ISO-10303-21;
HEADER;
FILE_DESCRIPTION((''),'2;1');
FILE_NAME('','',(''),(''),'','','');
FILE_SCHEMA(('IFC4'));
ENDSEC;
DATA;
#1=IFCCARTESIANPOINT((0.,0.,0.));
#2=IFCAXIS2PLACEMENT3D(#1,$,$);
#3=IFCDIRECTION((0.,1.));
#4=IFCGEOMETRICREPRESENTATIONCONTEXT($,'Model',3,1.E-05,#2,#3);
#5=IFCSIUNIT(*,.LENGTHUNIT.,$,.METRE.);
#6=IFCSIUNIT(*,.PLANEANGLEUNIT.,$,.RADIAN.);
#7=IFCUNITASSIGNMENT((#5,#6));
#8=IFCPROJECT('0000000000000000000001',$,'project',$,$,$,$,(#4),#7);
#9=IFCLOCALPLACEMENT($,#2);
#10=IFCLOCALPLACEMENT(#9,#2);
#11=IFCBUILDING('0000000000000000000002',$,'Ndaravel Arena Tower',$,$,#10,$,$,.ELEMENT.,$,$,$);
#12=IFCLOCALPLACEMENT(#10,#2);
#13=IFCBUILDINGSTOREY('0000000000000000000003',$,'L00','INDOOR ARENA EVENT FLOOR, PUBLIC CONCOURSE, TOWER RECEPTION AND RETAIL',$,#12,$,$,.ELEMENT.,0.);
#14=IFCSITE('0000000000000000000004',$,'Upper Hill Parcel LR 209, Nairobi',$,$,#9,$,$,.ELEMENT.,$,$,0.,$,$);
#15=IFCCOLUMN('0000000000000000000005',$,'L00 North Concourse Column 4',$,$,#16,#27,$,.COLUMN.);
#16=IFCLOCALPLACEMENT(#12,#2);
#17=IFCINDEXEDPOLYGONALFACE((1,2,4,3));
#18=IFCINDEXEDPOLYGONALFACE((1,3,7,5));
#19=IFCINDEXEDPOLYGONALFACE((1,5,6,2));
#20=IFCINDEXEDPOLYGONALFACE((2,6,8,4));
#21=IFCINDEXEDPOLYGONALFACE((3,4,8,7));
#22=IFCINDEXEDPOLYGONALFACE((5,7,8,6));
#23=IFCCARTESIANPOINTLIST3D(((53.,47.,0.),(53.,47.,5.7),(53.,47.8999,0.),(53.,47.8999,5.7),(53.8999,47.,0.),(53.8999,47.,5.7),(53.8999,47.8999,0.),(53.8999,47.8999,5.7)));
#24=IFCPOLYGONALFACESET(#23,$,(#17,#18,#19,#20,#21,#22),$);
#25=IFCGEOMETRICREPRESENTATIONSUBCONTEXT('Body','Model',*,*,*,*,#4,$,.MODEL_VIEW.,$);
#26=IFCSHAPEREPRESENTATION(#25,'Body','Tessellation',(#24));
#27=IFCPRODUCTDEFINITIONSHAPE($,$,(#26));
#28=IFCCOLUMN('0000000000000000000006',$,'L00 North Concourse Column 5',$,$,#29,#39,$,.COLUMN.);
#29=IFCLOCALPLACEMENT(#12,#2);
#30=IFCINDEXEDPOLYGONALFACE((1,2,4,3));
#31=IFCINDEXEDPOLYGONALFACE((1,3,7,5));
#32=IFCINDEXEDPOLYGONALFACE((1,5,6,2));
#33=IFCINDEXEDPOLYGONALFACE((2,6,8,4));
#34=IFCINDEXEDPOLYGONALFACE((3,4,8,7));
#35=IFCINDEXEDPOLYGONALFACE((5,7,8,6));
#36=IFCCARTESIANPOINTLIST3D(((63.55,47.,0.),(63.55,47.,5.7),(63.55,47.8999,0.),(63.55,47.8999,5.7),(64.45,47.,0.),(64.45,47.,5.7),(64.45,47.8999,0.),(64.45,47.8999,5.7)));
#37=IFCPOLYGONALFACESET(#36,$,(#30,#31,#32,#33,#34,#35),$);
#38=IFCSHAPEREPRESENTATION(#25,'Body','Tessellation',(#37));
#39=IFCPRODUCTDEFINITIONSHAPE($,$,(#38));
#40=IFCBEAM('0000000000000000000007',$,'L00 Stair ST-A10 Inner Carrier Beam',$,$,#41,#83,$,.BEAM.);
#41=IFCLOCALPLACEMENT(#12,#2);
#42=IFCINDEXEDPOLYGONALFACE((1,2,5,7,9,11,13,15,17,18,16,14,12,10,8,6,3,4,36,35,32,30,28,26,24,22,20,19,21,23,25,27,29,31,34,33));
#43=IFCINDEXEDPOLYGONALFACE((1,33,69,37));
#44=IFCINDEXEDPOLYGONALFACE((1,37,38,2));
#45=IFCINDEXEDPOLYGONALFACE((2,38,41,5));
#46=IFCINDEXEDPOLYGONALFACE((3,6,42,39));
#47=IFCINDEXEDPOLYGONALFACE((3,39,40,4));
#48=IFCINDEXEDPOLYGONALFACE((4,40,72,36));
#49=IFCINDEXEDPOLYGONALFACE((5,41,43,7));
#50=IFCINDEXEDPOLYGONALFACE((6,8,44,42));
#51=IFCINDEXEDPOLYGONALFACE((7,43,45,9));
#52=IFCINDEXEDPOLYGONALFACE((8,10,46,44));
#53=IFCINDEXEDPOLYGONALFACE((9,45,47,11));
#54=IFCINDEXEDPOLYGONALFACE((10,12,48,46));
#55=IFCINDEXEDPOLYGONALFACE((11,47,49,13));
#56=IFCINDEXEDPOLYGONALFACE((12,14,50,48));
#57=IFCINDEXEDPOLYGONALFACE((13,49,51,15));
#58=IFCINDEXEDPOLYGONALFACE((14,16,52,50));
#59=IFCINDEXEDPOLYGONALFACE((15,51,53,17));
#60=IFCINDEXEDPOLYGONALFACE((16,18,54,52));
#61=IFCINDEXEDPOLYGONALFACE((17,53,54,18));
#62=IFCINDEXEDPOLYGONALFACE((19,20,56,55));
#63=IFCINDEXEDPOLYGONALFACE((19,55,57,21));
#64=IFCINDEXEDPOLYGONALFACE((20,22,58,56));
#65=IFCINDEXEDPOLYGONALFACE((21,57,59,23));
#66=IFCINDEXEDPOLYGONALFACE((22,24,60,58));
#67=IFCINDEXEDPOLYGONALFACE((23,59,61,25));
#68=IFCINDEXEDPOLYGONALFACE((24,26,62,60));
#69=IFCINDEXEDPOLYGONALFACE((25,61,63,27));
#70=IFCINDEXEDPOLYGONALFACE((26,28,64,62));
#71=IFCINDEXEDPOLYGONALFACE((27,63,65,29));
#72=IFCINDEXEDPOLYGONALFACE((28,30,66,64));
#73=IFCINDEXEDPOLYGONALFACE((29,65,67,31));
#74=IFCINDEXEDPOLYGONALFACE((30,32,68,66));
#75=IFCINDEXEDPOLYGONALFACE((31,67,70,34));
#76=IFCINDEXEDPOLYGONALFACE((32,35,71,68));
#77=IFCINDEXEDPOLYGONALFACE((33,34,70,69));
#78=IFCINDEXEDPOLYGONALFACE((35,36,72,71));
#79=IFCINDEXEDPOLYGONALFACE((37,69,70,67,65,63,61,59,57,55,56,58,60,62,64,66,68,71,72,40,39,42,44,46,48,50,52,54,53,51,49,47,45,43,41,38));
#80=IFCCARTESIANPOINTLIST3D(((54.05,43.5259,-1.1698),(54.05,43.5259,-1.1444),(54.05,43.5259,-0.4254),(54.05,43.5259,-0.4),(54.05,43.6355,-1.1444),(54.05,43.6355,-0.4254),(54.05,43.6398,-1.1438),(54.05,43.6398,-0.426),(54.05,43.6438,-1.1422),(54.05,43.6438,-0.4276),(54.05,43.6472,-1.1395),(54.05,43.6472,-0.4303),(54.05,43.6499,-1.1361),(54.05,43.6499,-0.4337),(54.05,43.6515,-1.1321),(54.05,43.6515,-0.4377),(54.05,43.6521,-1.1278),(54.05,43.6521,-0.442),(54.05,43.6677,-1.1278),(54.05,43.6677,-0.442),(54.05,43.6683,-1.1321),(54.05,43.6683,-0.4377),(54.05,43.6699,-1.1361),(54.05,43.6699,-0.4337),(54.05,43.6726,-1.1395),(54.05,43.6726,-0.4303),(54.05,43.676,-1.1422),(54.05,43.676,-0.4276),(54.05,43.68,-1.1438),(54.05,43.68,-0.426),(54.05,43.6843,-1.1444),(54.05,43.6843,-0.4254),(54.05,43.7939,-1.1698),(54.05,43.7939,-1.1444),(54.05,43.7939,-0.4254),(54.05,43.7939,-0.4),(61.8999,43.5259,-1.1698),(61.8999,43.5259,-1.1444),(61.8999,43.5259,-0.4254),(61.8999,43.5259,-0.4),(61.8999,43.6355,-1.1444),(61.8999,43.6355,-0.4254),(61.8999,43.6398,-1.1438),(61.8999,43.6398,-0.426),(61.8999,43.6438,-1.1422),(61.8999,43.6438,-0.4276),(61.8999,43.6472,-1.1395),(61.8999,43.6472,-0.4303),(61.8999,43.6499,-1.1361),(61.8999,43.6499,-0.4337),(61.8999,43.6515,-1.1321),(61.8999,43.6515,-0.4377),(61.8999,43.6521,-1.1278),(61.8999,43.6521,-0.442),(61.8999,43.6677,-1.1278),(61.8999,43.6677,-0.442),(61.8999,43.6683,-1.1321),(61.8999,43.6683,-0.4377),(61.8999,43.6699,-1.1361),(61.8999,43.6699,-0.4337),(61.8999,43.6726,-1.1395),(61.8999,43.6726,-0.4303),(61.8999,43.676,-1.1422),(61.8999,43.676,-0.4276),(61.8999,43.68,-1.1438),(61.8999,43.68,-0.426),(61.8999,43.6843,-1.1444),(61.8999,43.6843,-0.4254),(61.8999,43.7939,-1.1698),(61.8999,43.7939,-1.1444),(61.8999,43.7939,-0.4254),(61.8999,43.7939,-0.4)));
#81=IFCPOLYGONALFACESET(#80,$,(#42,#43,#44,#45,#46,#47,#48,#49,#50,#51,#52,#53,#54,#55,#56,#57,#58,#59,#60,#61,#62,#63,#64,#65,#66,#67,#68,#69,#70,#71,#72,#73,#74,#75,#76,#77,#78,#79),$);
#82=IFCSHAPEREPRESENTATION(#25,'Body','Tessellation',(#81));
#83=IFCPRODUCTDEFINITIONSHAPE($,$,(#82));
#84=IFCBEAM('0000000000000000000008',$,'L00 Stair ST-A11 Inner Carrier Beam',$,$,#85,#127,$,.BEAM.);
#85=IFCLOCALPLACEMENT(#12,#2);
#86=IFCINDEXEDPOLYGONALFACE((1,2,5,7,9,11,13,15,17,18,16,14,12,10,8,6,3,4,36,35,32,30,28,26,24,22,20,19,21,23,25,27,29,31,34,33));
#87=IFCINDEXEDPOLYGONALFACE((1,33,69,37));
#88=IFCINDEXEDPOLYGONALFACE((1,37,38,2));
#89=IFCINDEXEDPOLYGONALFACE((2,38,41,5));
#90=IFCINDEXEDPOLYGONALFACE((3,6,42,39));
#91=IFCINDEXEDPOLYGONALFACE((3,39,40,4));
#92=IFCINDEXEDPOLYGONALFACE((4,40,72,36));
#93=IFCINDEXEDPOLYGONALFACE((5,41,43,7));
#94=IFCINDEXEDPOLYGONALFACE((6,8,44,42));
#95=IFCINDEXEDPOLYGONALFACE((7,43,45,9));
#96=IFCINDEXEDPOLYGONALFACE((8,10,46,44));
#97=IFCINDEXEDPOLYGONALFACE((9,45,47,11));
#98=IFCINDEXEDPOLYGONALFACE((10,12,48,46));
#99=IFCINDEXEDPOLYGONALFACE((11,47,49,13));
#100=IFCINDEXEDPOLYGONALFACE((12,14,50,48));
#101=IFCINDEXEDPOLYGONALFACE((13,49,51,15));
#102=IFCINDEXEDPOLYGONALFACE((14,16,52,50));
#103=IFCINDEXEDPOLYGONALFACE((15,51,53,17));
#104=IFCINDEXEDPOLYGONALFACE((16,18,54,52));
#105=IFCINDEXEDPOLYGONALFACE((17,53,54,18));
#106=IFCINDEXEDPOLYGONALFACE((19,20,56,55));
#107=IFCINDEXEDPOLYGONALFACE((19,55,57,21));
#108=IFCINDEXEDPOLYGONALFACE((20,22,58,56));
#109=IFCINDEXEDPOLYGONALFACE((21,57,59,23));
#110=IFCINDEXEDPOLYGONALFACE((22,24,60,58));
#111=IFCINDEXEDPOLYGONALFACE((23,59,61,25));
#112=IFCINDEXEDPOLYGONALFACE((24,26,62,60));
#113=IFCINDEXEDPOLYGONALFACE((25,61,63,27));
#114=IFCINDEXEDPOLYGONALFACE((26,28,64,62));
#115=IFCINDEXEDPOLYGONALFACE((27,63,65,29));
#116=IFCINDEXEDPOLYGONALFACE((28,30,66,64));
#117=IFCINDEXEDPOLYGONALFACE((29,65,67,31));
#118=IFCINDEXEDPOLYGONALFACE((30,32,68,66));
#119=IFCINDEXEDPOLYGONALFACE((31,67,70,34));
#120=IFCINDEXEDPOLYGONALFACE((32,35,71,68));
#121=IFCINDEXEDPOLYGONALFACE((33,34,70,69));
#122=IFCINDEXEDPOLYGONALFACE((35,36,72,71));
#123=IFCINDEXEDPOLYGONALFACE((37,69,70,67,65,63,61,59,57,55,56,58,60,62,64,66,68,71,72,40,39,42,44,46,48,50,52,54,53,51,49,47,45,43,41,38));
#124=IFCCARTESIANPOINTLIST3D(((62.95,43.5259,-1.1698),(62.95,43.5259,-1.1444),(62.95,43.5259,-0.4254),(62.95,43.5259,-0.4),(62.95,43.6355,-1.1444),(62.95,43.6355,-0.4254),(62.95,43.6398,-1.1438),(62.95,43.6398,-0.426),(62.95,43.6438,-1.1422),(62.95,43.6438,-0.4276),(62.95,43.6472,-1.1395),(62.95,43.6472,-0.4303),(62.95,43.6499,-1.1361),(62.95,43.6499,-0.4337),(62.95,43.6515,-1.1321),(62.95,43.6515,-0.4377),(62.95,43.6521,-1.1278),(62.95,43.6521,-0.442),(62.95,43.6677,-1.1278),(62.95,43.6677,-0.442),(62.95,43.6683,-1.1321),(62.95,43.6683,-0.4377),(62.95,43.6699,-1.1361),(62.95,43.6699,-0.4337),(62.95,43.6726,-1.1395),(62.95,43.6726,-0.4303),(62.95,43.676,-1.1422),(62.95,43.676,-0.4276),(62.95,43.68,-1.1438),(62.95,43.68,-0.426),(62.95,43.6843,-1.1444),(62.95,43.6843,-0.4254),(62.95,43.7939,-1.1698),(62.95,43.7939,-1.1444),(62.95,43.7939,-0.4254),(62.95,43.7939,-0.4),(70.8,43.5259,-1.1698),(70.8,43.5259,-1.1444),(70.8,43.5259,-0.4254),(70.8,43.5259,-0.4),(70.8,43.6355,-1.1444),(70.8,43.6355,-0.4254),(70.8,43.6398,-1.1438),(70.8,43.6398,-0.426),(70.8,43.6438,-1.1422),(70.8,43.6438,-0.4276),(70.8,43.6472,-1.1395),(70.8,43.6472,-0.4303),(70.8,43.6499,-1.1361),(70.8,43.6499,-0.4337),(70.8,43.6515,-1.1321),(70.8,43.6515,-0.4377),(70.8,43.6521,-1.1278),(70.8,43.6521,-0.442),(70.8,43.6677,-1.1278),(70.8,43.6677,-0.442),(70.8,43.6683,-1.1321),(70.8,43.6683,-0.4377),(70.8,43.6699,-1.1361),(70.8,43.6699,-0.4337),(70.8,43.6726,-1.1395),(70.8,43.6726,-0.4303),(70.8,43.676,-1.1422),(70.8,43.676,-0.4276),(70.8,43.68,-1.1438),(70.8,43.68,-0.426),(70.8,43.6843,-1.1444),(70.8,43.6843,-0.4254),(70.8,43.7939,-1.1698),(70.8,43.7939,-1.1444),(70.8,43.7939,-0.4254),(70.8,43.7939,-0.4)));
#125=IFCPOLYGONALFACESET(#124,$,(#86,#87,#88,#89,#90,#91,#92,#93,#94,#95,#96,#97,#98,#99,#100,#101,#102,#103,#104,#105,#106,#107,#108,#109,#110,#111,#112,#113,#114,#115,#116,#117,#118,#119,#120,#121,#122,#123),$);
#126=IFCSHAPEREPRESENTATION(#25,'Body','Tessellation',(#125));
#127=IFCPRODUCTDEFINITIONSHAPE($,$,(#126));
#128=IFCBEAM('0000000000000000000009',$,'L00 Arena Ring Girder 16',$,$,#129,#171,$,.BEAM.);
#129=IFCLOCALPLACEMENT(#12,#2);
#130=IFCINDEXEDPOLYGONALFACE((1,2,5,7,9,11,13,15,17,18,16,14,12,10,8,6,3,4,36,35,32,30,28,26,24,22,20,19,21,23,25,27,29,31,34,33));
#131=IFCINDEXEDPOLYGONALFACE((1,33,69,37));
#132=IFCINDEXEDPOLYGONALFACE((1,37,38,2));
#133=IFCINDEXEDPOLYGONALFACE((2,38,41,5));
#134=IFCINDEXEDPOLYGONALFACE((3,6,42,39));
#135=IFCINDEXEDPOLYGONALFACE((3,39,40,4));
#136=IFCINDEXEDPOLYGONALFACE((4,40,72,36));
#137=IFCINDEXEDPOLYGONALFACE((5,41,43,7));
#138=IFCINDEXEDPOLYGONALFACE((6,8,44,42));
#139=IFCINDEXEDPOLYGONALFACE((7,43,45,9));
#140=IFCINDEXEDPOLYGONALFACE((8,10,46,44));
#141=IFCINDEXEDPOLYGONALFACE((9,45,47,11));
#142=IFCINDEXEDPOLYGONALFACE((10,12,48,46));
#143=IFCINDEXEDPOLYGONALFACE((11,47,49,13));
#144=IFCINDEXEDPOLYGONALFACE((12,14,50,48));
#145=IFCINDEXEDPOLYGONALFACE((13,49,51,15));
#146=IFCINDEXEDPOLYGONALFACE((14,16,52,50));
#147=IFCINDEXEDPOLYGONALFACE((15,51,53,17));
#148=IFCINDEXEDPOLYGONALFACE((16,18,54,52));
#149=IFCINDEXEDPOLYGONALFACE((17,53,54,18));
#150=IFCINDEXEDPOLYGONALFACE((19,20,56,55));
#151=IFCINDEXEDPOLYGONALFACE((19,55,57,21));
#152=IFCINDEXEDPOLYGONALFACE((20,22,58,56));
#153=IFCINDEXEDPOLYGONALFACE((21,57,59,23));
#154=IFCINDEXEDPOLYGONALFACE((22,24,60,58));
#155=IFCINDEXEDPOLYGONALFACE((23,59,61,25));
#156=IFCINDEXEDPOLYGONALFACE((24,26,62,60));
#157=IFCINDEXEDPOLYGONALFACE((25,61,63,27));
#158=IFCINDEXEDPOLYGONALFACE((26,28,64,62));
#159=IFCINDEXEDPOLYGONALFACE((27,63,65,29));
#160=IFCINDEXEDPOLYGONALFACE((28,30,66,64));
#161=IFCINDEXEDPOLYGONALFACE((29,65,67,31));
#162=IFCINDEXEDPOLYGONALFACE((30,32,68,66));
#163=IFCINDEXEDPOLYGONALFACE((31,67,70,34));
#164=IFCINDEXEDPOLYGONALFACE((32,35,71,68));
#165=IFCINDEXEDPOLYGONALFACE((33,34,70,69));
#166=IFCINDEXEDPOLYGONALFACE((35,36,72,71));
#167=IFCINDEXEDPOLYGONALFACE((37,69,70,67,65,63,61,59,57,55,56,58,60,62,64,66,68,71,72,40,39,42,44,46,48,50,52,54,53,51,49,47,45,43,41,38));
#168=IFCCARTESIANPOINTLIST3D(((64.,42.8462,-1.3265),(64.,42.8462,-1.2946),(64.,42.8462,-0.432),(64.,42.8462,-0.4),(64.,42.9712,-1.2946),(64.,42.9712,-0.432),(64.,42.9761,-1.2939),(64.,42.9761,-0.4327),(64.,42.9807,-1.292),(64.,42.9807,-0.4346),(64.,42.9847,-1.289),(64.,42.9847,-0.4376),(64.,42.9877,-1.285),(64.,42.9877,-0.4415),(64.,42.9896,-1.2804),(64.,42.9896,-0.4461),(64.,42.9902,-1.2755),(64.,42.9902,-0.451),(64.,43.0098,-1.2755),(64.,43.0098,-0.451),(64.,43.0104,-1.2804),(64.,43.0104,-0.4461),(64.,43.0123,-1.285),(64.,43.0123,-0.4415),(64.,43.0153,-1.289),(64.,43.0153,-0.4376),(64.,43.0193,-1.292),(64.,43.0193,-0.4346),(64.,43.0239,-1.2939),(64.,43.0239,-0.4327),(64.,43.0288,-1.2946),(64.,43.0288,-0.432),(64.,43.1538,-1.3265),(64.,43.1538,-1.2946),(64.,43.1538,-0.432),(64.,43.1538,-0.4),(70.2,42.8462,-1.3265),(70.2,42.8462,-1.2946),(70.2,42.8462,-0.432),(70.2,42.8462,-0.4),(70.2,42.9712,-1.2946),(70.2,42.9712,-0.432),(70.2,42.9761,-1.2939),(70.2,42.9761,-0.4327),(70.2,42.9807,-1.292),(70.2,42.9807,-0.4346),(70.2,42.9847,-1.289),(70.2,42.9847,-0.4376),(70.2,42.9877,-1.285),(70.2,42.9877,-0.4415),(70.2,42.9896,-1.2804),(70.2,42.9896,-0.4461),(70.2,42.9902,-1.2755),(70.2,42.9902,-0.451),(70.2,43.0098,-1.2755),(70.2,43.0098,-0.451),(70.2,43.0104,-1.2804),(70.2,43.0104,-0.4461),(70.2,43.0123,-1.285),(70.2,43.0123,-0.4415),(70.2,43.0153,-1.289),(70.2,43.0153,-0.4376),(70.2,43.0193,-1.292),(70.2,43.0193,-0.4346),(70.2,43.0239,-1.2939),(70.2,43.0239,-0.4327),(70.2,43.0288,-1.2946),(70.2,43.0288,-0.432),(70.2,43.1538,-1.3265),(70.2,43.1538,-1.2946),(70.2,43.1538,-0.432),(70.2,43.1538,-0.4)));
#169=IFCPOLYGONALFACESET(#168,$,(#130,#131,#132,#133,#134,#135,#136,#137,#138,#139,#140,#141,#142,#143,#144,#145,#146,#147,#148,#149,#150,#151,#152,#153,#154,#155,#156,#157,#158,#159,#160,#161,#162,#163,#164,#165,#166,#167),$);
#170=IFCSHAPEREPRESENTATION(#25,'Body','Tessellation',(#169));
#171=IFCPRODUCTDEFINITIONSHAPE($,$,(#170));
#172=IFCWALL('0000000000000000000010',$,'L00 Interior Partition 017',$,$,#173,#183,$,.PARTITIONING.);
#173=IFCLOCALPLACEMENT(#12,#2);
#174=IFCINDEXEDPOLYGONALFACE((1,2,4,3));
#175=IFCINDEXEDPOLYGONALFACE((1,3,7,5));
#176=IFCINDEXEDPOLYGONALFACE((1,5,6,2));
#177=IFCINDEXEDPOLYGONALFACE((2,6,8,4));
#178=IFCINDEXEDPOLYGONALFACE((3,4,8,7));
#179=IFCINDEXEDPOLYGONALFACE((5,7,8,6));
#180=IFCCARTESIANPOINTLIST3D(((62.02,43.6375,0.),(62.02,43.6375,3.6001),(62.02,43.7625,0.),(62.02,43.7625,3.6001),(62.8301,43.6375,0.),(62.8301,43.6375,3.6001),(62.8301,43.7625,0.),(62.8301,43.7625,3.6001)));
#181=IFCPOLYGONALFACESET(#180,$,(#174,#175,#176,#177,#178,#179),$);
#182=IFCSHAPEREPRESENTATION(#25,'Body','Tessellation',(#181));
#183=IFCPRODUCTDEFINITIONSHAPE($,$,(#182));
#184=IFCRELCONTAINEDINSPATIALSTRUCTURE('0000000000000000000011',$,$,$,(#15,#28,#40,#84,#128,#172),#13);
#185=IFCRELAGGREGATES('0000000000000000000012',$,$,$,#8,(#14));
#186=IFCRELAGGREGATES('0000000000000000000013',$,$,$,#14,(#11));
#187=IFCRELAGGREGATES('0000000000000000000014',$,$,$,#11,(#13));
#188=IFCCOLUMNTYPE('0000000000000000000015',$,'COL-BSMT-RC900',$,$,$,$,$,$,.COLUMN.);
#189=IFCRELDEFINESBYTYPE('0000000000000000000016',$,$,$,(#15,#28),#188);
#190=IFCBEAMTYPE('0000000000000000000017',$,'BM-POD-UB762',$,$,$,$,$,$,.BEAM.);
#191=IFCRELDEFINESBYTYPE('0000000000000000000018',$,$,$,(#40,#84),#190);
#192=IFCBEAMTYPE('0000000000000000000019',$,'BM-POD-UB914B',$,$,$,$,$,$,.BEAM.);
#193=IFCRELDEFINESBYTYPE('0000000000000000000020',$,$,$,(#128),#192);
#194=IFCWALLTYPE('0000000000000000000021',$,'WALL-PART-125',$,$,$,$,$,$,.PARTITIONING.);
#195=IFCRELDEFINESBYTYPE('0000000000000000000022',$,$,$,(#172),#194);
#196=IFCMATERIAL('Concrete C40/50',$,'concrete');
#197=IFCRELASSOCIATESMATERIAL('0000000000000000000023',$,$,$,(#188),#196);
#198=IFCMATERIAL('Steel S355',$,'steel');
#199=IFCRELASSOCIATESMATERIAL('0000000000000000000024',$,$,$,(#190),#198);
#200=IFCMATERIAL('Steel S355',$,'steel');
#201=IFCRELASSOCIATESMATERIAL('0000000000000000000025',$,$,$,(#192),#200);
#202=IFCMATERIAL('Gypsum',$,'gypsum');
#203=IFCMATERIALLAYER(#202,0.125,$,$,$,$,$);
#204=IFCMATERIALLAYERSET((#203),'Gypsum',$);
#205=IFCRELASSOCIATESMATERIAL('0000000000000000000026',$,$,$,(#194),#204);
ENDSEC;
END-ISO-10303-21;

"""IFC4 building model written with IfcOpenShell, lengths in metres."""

from ifc_helpers import new_model, si_unit, direction, frame, frame_2d, origin, origin_2d, place, context, subcontext, project, spatial, rectangle, i_section, extrude, material, layer, layer_set, material_profile, profile_set, type_object, element, save


model = new_model("IFC4")

# Units and contexts
model_context = context("Model", 3, precision=1e-05, world=origin(), true_north=direction((0.0, 1.0)))
body_context = subcontext(model_context, "Body", "Model", "MODEL_VIEW")
ifc_project = project(units=[si_unit("LENGTHUNIT", "METRE"), si_unit("PLANEANGLEUNIT", "RADIAN")], contexts=[model_context])

# Site, building, storey
site_placement = place(None, origin())
site = spatial("IfcSite", under=ifc_project, at=site_placement, Name="Upper Hill Parcel LR 209, Nairobi", CompositionType="ELEMENT", RefElevation=0.0)
building_placement = place(site_placement, origin())
building = spatial("IfcBuilding", under=site, at=building_placement, Name="Ndaravel Arena Tower", CompositionType="ELEMENT")
storey_placement = place(building_placement, origin())
storey = spatial("IfcBuildingStorey", under=building, at=storey_placement, Name="L00", Description="INDOOR ARENA EVENT FLOOR, PUBLIC CONCOURSE, TOWER RECEPTION AND RETAIL", CompositionType="ELEMENT", Elevation=0.0)

# Columns
ifc_material_1 = material(Name="Concrete C40/50", Category="concrete")
ifc_material_profile_1 = material_profile(ifc_material_1, rectangle(XDim=0.8999, YDim=0.8999, at=origin_2d()), Name="RC 900x900")
ifc_profile_set_1 = profile_set([ifc_material_profile_1], Name="Concrete C40/50")
column_type = type_object("IfcColumnType", Name="COL-BSMT-RC900", PredefinedType="COLUMN", material=ifc_profile_set_1)
for number, where, z_axis, x_axis, name in (
    (1, (53.45, 47.45, 0.0), (0.0, 0.0, 1.0), (1.0, 0.0, 0.0), "L00 North Concourse Column 4"),
    (2, (64.0, 47.45, 0.0), (0.0, 0.0, 1.0), (1.0, 0.0, 0.0), "L00 North Concourse Column 5"),
):
    element("IfcColumn", number, at=place(storey_placement, frame(where, z_axis=z_axis, x_axis=x_axis)), inside=storey, type_object=column_type, Name=name, PredefinedType="COLUMN", context=body_context, shape_type="SweptSolid", body=[
        extrude(rectangle(XDim=0.8999, YDim=0.8999, at=origin_2d()), origin(), (0.0, 0.0, 1.0), 5.7),
    ])

# Beams
ifc_material_2 = material(Name="Steel S355", Category="steel")
ifc_material_profile_2 = material_profile(ifc_material_2, i_section(OverallWidth=0.2681, OverallDepth=0.7698, WebThickness=0.0156, FlangeThickness=0.0254, FilletRadius=0.0166, at=origin_2d()), Name="UB 762x267x197")
ifc_profile_set_2 = profile_set([ifc_material_profile_2], Name="Steel S355")
beam_type_1 = type_object("IfcBeamType", Name="BM-POD-UB762", PredefinedType="BEAM", material=ifc_profile_set_2)
beam_1_placement = place(storey_placement, frame((54.05, 43.6599, -0.7849), z_axis=(1.0, 0.0, 0.0), x_axis=(0.0, 1.0, 0.0)))
element("IfcBeam", 3, at=beam_1_placement, inside=storey, type_object=beam_type_1, Name="L00 Stair ST-A10 Inner Carrier Beam", PredefinedType="BEAM", context=body_context, shape_type="SweptSolid", body=[
    extrude(i_section(OverallWidth=0.2681, OverallDepth=0.7698, WebThickness=0.0156, FlangeThickness=0.0254, FilletRadius=0.0166, at=origin_2d()), origin(), (0.0, 0.0, 1.0), 7.8499),
])
beam_2_placement = place(storey_placement, frame((62.95, 43.6599, -0.7849), z_axis=(1.0, 0.0, 0.0), x_axis=(0.0, 1.0, 0.0)))
element("IfcBeam", 4, at=beam_2_placement, inside=storey, type_object=beam_type_1, Name="L00 Stair ST-A11 Inner Carrier Beam", PredefinedType="BEAM", context=body_context, shape_type="SweptSolid", body=[
    extrude(i_section(OverallWidth=0.2681, OverallDepth=0.7698, WebThickness=0.0156, FlangeThickness=0.0254, FilletRadius=0.0166, at=origin_2d()), origin(), (0.0, 0.0, 1.0), 7.8501),
])
ifc_material_3 = material(Name="Steel S355", Category="steel")
ifc_material_profile_3 = material_profile(ifc_material_3, i_section(OverallWidth=0.3076, OverallDepth=0.9265, WebThickness=0.0195, FlangeThickness=0.032, FilletRadius=0.019, at=origin_2d()), Name="UB 914x305x289")
ifc_profile_set_3 = profile_set([ifc_material_profile_3], Name="Steel S355")
beam_type_2 = type_object("IfcBeamType", Name="BM-POD-UB914B", PredefinedType="BEAM", material=ifc_profile_set_3)
beam_3_placement = place(storey_placement, frame((64.0, 43.0, -0.8633), z_axis=(1.0, 0.0, 0.0), x_axis=(0.0, 1.0, 0.0)))
element("IfcBeam", 5, at=beam_3_placement, inside=storey, type_object=beam_type_2, Name="L00 Arena Ring Girder 16", PredefinedType="BEAM", context=body_context, shape_type="SweptSolid", body=[
    extrude(i_section(OverallWidth=0.3076, OverallDepth=0.9265, WebThickness=0.0195, FlangeThickness=0.032, FilletRadius=0.019, at=origin_2d()), origin(), (0.0, 0.0, 1.0), 6.2),
])

# Wall
ifc_material_4 = material(Name="Gypsum", Category="gypsum")
ifc_layer_1 = layer(ifc_material_4, 0.125)
ifc_layer_set_1 = layer_set([ifc_layer_1], Name="Gypsum")
wall_type_1 = type_object("IfcWallType", Name="WALL-PART-125", PredefinedType="PARTITIONING", material=ifc_layer_set_1)
wall_1_placement = place(storey_placement, frame((62.02, 43.7, 0.0), z_axis=(0.0, 0.0, 1.0), x_axis=(1.0, 0.0, 0.0)))
element("IfcWall", 6, at=wall_1_placement, inside=storey, type_object=wall_type_1, Name="L00 Interior Partition 017", PredefinedType="PARTITIONING", context=body_context, shape_type="SweptSolid", body=[
    extrude(rectangle(XDim=0.8101, YDim=0.125, at=frame_2d((0.405, 0.0))), origin(), (0.0, 0.0, 1.0), 3.6001),
])

save(model, "model.ifc")
